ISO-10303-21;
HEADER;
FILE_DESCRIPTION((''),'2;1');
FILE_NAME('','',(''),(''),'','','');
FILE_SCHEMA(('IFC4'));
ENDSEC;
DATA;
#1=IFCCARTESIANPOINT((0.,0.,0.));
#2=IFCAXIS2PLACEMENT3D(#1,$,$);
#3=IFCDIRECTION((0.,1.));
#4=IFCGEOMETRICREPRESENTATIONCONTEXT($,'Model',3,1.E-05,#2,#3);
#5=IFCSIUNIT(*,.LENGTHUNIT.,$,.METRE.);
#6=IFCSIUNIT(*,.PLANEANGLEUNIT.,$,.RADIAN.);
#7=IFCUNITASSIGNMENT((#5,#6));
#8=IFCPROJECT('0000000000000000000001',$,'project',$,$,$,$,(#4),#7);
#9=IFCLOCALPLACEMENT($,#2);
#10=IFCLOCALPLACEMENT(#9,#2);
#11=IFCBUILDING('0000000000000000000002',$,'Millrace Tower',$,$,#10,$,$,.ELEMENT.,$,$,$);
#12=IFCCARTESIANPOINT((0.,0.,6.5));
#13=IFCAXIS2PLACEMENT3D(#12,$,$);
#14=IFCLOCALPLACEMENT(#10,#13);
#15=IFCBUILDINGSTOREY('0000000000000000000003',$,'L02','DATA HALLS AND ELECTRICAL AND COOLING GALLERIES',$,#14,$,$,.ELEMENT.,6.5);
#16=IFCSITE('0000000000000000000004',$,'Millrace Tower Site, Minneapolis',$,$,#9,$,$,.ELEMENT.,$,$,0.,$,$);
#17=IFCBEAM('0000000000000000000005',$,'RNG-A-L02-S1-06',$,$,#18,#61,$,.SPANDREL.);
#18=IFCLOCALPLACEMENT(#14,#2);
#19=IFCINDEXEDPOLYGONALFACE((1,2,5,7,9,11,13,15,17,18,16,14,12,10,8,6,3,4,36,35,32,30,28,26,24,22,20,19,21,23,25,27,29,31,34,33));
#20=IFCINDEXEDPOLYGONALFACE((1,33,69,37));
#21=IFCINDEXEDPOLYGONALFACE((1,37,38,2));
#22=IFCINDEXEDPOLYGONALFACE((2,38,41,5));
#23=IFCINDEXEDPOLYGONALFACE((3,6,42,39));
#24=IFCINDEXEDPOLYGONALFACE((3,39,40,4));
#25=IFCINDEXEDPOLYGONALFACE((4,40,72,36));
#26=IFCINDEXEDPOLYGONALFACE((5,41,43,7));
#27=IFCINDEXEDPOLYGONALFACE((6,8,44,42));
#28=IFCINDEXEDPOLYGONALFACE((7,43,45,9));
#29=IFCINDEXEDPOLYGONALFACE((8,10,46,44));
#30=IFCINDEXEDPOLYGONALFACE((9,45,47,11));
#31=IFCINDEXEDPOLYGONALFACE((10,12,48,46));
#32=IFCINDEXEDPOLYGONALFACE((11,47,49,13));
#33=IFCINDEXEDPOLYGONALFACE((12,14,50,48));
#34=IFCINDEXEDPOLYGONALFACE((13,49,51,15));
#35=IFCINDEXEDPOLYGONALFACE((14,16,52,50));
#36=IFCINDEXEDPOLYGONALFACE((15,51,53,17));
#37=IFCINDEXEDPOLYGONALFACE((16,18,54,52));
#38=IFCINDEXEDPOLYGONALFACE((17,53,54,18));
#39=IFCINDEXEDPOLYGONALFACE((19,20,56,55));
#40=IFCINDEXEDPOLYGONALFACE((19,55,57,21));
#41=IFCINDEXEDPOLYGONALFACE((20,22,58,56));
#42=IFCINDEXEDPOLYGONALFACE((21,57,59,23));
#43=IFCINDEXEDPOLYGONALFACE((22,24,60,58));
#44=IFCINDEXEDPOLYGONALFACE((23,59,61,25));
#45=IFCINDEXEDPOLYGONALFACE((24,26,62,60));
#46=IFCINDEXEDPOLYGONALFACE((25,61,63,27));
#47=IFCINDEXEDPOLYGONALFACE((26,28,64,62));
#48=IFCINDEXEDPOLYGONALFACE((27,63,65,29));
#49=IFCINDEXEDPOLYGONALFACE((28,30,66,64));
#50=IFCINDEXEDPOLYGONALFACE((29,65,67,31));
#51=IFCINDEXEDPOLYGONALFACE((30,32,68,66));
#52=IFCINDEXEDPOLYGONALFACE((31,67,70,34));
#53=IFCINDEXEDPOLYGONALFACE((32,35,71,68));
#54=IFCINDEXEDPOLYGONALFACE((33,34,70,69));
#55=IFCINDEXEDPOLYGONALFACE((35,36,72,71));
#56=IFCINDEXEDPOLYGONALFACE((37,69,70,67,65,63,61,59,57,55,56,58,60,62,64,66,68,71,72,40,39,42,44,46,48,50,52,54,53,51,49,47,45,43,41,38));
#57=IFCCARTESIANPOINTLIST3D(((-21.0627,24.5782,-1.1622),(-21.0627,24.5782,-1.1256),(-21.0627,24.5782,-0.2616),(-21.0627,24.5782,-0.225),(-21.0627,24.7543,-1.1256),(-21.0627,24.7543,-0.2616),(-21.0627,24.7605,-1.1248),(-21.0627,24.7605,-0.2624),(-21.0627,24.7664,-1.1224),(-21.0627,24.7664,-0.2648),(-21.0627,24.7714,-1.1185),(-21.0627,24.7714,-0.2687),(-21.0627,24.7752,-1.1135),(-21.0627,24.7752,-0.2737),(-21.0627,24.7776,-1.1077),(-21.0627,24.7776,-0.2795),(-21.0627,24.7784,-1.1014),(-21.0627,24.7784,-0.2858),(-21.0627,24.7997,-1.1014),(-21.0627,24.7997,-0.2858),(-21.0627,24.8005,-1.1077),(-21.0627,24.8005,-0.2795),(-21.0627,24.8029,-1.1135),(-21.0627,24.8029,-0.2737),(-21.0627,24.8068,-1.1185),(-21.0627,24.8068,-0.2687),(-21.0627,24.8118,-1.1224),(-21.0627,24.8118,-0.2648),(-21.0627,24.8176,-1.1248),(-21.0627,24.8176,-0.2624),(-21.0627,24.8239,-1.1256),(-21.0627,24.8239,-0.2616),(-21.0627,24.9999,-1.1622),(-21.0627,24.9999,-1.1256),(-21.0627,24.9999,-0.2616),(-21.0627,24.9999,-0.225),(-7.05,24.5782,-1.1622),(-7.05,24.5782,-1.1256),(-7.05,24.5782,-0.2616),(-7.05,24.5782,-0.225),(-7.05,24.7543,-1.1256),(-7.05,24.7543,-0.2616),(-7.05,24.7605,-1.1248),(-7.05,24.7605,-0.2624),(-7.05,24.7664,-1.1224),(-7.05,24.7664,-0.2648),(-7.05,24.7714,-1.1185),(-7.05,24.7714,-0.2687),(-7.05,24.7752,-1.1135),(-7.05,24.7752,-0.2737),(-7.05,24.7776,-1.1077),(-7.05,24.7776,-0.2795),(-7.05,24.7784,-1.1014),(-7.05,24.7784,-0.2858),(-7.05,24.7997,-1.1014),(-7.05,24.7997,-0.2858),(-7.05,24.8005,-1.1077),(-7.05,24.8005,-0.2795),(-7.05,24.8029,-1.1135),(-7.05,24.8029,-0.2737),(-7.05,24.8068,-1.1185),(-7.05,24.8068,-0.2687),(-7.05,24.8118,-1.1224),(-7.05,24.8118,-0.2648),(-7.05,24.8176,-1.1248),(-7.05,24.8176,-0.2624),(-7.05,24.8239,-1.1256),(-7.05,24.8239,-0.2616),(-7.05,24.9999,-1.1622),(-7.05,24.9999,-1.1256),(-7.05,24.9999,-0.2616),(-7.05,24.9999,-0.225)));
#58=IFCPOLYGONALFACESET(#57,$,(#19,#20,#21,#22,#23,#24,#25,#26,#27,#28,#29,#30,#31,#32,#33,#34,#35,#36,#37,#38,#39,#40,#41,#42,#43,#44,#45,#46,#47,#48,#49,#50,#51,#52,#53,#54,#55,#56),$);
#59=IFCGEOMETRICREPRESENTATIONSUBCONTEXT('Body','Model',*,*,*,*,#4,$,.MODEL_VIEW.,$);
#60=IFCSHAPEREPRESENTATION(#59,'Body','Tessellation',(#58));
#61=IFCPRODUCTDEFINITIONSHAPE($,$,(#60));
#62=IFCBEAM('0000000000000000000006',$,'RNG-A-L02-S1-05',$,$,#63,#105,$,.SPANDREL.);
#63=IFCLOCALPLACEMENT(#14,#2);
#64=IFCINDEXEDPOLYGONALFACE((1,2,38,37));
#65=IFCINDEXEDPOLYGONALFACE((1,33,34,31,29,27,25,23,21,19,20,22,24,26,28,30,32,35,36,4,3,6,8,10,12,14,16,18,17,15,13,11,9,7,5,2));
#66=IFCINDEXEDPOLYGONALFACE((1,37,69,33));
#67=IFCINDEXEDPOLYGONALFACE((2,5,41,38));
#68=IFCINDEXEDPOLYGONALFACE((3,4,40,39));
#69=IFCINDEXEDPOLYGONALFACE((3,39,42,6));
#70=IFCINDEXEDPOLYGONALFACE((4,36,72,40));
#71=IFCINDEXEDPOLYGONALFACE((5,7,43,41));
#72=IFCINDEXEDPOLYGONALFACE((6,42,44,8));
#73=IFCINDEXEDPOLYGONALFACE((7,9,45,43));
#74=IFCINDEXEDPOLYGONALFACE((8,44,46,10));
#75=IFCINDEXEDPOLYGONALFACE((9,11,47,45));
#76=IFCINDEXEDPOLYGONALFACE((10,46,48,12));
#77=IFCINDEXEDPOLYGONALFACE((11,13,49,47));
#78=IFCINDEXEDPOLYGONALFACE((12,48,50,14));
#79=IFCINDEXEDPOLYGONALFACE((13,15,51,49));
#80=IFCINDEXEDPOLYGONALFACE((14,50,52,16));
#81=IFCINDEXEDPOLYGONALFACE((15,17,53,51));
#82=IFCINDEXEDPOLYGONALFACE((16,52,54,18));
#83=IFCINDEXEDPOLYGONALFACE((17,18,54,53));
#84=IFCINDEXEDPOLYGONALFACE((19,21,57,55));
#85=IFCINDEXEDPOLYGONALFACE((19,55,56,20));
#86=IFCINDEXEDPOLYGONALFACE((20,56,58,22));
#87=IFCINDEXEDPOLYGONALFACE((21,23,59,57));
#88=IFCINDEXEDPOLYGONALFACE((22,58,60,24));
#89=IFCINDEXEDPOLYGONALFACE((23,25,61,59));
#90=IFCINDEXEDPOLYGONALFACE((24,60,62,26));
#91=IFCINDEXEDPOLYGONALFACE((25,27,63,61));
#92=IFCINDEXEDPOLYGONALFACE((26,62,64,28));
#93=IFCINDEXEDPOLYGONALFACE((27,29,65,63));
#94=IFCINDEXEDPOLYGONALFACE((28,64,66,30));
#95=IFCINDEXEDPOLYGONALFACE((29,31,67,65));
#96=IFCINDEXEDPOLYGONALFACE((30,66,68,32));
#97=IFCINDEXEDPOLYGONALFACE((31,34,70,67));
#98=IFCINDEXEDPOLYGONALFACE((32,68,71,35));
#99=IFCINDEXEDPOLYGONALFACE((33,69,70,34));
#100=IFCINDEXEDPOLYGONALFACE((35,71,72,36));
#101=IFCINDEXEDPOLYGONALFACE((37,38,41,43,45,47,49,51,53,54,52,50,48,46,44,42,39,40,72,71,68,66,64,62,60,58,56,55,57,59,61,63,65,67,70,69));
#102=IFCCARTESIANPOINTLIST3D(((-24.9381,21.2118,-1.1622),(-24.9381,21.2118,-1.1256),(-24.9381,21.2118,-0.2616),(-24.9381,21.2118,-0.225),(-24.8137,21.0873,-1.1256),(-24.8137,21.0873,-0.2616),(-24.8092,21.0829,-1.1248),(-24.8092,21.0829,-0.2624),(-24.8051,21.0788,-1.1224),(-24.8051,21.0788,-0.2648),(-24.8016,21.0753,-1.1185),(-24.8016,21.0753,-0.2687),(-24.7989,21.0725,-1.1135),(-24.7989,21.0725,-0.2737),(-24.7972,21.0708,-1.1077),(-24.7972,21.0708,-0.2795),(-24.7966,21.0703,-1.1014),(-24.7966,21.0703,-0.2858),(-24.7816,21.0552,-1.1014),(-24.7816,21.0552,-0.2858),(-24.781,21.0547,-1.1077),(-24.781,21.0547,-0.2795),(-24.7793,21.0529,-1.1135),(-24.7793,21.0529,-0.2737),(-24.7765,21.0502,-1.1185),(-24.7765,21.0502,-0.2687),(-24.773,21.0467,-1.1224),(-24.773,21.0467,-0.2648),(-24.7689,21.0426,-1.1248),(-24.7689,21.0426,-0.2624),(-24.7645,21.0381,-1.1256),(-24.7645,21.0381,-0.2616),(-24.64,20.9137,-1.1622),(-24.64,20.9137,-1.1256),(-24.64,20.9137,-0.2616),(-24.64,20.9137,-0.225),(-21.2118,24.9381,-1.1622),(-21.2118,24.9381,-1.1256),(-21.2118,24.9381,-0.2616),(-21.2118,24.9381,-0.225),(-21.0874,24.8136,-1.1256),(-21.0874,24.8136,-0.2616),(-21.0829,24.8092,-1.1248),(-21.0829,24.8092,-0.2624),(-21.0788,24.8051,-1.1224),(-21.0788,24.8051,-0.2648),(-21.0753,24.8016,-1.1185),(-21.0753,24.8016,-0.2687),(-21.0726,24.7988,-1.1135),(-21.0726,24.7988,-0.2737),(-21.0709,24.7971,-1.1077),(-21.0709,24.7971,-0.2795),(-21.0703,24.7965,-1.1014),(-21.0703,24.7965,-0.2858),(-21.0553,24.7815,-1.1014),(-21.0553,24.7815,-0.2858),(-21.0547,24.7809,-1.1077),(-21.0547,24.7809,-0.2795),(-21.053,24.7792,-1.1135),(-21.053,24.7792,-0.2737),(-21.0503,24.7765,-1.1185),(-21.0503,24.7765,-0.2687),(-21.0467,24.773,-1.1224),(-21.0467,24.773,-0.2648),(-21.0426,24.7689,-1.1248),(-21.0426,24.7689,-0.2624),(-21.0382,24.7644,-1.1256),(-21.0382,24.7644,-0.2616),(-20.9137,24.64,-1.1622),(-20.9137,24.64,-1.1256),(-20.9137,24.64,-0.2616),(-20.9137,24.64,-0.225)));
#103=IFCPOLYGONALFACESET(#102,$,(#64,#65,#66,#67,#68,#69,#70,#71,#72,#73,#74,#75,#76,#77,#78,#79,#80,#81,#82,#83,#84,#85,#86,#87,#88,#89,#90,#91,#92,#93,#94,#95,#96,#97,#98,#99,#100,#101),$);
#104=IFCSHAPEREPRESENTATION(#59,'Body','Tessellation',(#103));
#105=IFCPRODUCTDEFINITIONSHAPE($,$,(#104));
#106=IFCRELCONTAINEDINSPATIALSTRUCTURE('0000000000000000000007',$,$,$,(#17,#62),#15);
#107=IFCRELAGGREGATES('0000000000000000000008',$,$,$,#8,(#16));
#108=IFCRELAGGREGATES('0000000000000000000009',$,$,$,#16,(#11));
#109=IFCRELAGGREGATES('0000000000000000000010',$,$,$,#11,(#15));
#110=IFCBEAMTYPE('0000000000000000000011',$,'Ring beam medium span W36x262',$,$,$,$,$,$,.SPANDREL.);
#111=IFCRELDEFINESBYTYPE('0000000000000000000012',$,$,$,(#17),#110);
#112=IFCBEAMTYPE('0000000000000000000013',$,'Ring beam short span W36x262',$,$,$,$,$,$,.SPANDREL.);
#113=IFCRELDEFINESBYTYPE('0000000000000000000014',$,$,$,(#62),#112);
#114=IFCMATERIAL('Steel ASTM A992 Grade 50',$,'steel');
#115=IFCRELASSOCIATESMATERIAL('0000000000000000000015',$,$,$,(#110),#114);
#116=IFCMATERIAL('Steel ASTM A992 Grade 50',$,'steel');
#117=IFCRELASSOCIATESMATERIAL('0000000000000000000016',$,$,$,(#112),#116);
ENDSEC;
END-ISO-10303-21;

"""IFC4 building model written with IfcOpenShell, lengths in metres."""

from ifc_helpers import new_model, si_unit, direction, frame, origin, origin_2d, place, context, subcontext, project, spatial, i_section, extrude, material, material_profile, profile_set, type_object, element, save


model = new_model("IFC4")

# Units and contexts
model_context = context("Model", 3, precision=1e-05, world=origin(), true_north=direction((0.0, 1.0)))
body_context = subcontext(model_context, "Body", "Model", "MODEL_VIEW")
ifc_project = project(units=[si_unit("LENGTHUNIT", "METRE"), si_unit("PLANEANGLEUNIT", "RADIAN")], contexts=[model_context])

# Site, building, storey
site_placement = place(None, origin())
site = spatial("IfcSite", under=ifc_project, at=site_placement, Name="Millrace Tower Site, Minneapolis", CompositionType="ELEMENT", RefElevation=0.0)
building_placement = place(site_placement, origin())
building = spatial("IfcBuilding", under=site, at=building_placement, Name="Millrace Tower", CompositionType="ELEMENT")
storey_placement = place(building_placement, frame((0.0, 0.0, 6.5)))
storey = spatial("IfcBuildingStorey", under=building, at=storey_placement, Name="L02", Description="DATA HALLS AND ELECTRICAL AND COOLING GALLERIES", CompositionType="ELEMENT", Elevation=6.5)

# Beams
ifc_material_1 = material(Name="Steel ASTM A992 Grade 50", Category="steel")
ifc_material_profile_1 = material_profile(ifc_material_1, i_section(OverallWidth=0.4216, OverallDepth=0.9373, WebThickness=0.0212, FlangeThickness=0.0366, FilletRadius=0.0242, at=origin_2d()))
ifc_profile_set_1 = profile_set([ifc_material_profile_1], Name="Steel ASTM A992 Grade 50")
beam_type_1 = type_object("IfcBeamType", Name="Ring beam medium span W36x262", PredefinedType="SPANDREL", material=ifc_profile_set_1)
beam_1_placement = place(storey_placement, frame((-21.0627, 24.7891, -0.6936), z_axis=(1.0, 0.0, 0.0), x_axis=(0.0, 1.0, 0.0)))
element("IfcBeam", 1, at=beam_1_placement, inside=storey, type_object=beam_type_1, Name="RNG-A-L02-S1-06", PredefinedType="SPANDREL", context=body_context, shape_type="SweptSolid", body=[
    extrude(i_section(OverallWidth=0.4216, OverallDepth=0.9373, WebThickness=0.0212, FlangeThickness=0.0366, FilletRadius=0.0242, at=origin_2d()), origin(), (0.0, 0.0, 1.0), 14.0127),
])
ifc_material_2 = material(Name="Steel ASTM A992 Grade 50", Category="steel")
ifc_material_profile_2 = material_profile(ifc_material_2, i_section(OverallWidth=0.4216, OverallDepth=0.9373, WebThickness=0.0212, FlangeThickness=0.0366, FilletRadius=0.0242, at=origin_2d()))
ifc_profile_set_2 = profile_set([ifc_material_profile_2], Name="Steel ASTM A992 Grade 50")
beam_type_2 = type_object("IfcBeamType", Name="Ring beam short span W36x262", PredefinedType="SPANDREL", material=ifc_profile_set_2)
beam_2_placement = place(storey_placement, frame((-24.7891, 21.0627, -0.6936), z_axis=(0.707107, 0.707107, 0.0), x_axis=(-0.707107, 0.707107, 0.0)))
element("IfcBeam", 2, at=beam_2_placement, inside=storey, type_object=beam_type_2, Name="RNG-A-L02-S1-05", PredefinedType="SPANDREL", context=body_context, shape_type="SweptSolid", body=[
    extrude(i_section(OverallWidth=0.4216, OverallDepth=0.9373, WebThickness=0.0212, FlangeThickness=0.0366, FilletRadius=0.0242, at=origin_2d()), origin(), (0.0, 0.0, 1.0), 5.2698),
])

save(model, "model.ifc")
